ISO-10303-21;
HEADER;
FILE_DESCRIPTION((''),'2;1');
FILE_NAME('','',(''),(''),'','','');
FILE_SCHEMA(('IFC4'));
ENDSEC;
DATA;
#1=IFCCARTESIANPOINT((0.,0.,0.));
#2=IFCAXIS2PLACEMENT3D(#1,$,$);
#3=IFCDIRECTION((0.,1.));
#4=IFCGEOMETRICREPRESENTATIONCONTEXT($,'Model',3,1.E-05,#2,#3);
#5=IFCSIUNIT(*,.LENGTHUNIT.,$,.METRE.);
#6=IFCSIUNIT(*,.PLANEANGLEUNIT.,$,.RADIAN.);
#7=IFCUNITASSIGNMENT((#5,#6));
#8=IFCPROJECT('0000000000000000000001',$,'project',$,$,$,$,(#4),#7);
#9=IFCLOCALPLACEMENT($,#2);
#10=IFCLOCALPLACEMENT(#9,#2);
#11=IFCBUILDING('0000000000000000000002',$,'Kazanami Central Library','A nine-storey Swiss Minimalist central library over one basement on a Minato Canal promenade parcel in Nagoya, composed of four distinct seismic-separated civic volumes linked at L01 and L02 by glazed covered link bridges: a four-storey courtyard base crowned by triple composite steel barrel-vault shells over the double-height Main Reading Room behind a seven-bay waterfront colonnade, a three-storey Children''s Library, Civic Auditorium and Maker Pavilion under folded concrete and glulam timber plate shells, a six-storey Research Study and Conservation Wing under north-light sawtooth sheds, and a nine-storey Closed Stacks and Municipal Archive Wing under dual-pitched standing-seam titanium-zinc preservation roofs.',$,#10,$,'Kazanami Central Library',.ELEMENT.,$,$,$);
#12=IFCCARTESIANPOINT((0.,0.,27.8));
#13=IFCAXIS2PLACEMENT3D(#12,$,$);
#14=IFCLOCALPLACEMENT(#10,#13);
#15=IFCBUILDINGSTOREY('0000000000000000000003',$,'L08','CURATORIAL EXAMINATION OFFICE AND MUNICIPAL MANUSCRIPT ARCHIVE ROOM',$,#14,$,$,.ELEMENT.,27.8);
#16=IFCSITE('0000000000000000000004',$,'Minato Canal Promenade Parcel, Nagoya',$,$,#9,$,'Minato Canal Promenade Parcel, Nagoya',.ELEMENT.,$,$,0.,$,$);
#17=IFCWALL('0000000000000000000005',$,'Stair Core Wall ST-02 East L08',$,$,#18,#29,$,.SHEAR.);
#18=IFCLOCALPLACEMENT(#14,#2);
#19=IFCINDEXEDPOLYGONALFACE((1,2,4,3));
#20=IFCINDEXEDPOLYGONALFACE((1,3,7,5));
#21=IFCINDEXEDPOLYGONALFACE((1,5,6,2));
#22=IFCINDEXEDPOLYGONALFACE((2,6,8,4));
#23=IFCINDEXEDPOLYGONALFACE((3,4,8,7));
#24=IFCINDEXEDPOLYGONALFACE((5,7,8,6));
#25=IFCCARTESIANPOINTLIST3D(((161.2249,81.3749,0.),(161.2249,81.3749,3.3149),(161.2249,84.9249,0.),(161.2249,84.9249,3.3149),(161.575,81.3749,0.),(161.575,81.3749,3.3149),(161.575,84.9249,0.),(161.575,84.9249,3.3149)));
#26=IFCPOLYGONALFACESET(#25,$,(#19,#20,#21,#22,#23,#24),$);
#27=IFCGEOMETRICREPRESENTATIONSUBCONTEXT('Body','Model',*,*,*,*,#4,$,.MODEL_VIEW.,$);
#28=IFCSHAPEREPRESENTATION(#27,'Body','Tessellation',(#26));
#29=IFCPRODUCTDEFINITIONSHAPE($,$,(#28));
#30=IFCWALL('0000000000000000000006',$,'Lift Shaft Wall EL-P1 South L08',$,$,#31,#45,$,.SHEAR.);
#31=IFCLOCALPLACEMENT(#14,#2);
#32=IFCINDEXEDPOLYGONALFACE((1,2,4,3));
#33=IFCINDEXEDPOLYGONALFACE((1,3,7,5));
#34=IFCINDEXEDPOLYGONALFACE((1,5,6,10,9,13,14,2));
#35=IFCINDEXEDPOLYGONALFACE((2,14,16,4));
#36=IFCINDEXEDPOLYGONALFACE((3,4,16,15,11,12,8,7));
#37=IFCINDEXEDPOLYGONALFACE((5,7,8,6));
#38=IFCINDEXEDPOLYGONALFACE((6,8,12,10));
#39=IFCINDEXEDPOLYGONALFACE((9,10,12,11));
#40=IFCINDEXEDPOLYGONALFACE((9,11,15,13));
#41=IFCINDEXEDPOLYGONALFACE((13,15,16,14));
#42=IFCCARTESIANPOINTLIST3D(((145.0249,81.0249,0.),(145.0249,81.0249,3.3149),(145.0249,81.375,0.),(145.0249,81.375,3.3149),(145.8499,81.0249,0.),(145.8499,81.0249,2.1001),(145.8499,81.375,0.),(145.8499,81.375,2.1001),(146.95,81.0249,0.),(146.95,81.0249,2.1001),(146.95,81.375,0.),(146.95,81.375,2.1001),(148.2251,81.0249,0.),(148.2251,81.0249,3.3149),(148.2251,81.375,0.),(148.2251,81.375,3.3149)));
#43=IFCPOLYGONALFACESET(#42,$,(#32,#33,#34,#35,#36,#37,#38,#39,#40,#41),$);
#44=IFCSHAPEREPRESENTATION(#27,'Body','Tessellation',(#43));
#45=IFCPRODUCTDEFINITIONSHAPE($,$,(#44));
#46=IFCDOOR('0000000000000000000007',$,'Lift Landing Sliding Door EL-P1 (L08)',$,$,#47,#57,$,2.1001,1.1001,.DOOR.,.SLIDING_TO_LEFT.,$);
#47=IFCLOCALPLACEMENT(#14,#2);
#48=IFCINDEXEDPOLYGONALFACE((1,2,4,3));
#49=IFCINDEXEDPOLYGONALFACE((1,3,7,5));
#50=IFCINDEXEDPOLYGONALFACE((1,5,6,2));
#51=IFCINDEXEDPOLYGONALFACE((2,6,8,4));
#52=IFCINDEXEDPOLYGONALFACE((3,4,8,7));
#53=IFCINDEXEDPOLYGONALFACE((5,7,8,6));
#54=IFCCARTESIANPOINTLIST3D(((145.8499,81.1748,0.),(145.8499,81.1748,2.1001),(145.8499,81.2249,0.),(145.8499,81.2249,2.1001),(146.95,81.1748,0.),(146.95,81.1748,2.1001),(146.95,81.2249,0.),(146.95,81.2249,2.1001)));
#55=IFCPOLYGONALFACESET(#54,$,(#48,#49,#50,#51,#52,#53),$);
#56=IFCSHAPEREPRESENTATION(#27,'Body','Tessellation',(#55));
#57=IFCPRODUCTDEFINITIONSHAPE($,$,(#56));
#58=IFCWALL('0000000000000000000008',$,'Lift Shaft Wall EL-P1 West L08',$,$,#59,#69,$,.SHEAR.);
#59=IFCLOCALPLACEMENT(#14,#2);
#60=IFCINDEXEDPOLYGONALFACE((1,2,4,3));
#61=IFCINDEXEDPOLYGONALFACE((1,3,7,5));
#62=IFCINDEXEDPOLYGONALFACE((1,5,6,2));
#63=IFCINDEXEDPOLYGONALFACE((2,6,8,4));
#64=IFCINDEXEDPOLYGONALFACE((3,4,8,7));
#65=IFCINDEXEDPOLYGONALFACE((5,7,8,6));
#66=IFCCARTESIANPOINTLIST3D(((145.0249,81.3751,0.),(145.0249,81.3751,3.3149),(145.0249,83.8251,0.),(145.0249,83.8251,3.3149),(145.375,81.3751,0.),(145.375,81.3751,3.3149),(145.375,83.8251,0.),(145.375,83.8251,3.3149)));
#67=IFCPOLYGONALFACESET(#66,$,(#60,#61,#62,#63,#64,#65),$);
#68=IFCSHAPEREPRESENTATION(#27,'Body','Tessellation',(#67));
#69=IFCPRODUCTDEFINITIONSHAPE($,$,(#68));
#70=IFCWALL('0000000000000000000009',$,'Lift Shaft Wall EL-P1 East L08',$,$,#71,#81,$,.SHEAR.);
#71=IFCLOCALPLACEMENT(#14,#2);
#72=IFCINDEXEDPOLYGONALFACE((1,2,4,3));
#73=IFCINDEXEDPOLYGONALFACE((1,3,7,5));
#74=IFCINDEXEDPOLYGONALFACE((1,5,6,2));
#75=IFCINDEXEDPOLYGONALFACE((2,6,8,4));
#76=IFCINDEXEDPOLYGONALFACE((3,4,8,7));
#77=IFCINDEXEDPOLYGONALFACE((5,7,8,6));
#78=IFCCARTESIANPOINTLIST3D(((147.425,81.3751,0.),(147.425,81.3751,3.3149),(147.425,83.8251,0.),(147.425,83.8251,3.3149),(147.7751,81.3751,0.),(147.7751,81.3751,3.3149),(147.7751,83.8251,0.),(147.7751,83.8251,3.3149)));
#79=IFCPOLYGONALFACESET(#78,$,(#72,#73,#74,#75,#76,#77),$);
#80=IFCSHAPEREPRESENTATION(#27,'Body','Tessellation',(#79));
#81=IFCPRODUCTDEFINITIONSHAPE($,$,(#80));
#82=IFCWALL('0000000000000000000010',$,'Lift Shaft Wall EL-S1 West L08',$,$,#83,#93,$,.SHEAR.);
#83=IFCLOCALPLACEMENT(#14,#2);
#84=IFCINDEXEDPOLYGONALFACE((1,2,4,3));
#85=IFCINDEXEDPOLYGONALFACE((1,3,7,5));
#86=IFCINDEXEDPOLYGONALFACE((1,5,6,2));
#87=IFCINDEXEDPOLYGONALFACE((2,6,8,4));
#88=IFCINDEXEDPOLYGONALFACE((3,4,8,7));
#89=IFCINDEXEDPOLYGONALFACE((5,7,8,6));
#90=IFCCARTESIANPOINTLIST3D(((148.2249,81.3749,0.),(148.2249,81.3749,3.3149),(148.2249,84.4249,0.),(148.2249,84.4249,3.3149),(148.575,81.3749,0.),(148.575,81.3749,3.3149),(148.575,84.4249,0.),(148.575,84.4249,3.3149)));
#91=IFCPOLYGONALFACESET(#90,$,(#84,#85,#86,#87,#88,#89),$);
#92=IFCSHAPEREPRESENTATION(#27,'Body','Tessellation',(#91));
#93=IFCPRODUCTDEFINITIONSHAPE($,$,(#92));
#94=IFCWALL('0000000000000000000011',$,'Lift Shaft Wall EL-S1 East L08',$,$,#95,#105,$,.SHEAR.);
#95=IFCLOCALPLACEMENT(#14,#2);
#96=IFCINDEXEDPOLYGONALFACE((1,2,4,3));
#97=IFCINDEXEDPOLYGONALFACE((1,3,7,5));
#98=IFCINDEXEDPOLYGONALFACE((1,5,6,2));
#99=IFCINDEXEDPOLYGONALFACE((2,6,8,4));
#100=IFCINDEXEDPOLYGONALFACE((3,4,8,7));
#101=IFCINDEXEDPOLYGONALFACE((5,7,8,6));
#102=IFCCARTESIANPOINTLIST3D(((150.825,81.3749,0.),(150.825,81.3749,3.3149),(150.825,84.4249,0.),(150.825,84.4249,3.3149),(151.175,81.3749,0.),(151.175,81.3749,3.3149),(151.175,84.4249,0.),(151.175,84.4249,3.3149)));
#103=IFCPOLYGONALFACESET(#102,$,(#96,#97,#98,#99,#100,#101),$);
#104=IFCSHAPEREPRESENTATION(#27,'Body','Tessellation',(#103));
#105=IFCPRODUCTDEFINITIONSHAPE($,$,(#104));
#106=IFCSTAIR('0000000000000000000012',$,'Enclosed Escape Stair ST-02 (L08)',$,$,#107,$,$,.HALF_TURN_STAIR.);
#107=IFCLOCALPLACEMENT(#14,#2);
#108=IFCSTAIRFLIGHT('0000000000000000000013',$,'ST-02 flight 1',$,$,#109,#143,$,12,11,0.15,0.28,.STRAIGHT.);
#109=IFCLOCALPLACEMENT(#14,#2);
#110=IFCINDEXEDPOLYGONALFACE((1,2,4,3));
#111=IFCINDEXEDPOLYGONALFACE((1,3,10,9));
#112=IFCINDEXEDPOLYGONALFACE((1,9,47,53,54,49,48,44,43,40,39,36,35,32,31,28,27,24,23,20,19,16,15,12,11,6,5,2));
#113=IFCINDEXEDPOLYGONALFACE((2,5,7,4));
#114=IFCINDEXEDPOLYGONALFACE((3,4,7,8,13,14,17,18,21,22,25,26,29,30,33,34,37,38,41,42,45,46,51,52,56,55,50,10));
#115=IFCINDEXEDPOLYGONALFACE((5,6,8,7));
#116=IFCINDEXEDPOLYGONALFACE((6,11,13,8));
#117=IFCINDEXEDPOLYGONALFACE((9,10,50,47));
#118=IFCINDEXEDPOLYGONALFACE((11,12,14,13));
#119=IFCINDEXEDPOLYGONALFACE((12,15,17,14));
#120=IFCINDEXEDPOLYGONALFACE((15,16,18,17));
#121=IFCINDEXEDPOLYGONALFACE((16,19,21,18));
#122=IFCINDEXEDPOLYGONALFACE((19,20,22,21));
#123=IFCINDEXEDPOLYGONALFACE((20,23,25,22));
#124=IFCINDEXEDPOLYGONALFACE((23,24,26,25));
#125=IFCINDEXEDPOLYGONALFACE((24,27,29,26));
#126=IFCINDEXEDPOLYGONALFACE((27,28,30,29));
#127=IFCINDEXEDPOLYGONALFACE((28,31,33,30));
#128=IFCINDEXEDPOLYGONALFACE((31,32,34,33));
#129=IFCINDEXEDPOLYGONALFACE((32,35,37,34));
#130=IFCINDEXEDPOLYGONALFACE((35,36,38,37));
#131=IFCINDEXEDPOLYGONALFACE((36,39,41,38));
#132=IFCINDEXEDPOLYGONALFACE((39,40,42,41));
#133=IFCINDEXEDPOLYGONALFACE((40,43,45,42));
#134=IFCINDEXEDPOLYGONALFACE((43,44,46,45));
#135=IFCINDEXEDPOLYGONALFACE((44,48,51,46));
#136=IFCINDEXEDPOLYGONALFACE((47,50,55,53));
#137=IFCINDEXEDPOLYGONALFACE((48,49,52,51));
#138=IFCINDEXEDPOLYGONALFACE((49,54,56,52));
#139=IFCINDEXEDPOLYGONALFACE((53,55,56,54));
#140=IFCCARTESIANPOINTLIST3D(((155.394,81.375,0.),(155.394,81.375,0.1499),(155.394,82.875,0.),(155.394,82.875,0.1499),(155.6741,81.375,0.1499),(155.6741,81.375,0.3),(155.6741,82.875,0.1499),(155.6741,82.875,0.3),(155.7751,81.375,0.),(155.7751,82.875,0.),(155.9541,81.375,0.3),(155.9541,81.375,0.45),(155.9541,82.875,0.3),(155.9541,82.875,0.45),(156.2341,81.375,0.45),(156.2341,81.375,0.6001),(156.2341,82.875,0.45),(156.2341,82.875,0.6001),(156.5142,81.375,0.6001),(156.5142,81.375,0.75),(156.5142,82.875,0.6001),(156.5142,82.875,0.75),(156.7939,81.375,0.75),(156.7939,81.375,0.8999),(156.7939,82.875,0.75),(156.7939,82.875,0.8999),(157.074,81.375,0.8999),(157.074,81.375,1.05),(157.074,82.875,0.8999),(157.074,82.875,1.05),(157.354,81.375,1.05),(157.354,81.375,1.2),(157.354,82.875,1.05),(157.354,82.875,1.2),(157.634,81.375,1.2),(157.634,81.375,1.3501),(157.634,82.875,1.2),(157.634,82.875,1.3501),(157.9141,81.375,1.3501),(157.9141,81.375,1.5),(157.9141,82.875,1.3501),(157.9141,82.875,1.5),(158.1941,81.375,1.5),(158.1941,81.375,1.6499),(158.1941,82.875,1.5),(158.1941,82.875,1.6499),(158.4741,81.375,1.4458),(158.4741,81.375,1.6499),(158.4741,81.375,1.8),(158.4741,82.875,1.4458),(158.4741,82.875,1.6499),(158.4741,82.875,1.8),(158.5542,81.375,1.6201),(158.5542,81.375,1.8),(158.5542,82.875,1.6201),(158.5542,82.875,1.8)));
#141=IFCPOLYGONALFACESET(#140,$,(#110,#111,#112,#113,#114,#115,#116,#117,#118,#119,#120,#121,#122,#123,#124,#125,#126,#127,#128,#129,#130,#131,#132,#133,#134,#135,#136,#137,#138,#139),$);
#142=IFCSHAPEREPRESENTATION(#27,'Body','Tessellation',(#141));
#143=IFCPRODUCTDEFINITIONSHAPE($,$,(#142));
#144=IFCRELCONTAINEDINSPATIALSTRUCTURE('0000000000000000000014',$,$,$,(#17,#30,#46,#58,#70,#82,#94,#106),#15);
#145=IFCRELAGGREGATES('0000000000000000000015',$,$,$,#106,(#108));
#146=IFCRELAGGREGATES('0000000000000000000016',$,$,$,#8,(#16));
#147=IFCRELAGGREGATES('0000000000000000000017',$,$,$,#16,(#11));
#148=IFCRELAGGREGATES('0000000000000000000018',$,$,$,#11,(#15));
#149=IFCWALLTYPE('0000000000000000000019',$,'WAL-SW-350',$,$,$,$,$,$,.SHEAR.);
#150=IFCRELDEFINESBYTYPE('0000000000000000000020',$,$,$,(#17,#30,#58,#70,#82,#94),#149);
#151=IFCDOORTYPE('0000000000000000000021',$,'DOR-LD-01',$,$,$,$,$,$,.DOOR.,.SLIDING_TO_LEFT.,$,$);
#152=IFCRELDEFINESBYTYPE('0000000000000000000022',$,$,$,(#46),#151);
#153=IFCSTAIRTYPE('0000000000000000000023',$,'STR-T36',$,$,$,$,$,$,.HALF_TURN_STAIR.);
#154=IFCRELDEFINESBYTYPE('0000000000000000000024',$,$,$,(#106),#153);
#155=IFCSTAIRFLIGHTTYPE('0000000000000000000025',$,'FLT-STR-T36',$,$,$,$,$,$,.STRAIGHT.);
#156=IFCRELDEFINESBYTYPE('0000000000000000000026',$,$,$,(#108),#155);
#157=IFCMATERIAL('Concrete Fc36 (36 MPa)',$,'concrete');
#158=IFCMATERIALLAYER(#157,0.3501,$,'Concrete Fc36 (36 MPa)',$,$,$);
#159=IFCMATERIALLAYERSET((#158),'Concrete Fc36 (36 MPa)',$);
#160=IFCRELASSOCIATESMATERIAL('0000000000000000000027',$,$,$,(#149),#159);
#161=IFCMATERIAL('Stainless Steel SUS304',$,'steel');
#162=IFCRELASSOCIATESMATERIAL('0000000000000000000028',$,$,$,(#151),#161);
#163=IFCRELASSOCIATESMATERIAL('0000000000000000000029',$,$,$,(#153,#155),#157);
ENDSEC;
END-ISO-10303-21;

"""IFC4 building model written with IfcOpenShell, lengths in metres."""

from ifc_helpers import new_model, si_unit, direction, frame, frame_2d, origin, place, context, subcontext, project, spatial, polyline, rectangle, outline, extrude, material, layer, layer_set, type_object, element, fill, aggregate, save


model = new_model("IFC4")

# Units and contexts
model_context = context("Model", 3, precision=1e-05, world=origin(), true_north=direction((0.0, 1.0)))
body_context = subcontext(model_context, "Body", "Model", "MODEL_VIEW")
ifc_project = project(units=[si_unit("LENGTHUNIT", "METRE"), si_unit("PLANEANGLEUNIT", "RADIAN")], contexts=[model_context])

# Site, building, storey
site_placement = place(None, origin())
site = spatial("IfcSite", under=ifc_project, at=site_placement, Name="Minato Canal Promenade Parcel, Nagoya", LongName="Minato Canal Promenade Parcel, Nagoya", CompositionType="ELEMENT", RefElevation=0.0)
building_placement = place(site_placement, origin())
building = spatial("IfcBuilding", under=site, at=building_placement, Name="Kazanami Central Library", Description="A nine-storey Swiss Minimalist central library over one basement on a Minato Canal promenade parcel in Nagoya, composed of four distinct seismic-separated civic volumes linked at L01 and L02 by glazed covered link bridges: a four-storey courtyard base crowned by triple composite steel barrel-vault shells over the double-height Main Reading Room behind a seven-bay waterfront colonnade, a three-storey Children's Library, Civic Auditorium and Maker Pavilion under folded concrete and glulam timber plate shells, a six-storey Research Study and Conservation Wing under north-light sawtooth sheds, and a nine-storey Closed Stacks and Municipal Archive Wing under dual-pitched standing-seam titanium-zinc preservation roofs.", LongName="Kazanami Central Library", CompositionType="ELEMENT")
storey_placement = place(building_placement, frame((0.0, 0.0, 27.8)))
storey = spatial("IfcBuildingStorey", under=building, at=storey_placement, Name="L08", Description="CURATORIAL EXAMINATION OFFICE AND MUNICIPAL MANUSCRIPT ARCHIVE ROOM", CompositionType="ELEMENT", Elevation=27.8)

# Shared definitions
ifc_material_1 = material(Name="Concrete Fc36 (36 MPa)", Category="concrete")

# Shared definitions
ifc_layer_1 = layer(ifc_material_1, 0.3501, Name="Concrete Fc36 (36 MPa)")
ifc_layer_set_1 = layer_set([ifc_layer_1], Name="Concrete Fc36 (36 MPa)")
wall_type_1 = type_object("IfcWallType", Name="WAL-SW-350", PredefinedType="SHEAR", material=ifc_layer_set_1)

# Wall
for number, where, z_axis, x_axis, name in (
    (1, (161.3999, 81.375, 0.0), (0.0, 0.0, 1.0), (0.0, 1.0, 0.0), "Stair Core Wall ST-02 East L08"),
):
    element("IfcWall", number, at=place(storey_placement, frame(where, z_axis=z_axis, x_axis=x_axis)), inside=storey, type_object=wall_type_1, Name=name, PredefinedType="SHEAR", context=body_context, shape_type="SweptSolid", body=[
        extrude(rectangle(XDim=3.55, YDim=0.3501, at=frame_2d((1.7749, 0.0))), origin(), (0.0, 0.0, 1.0), 3.3149),
    ])

# Wall, opening, door
wall_1_placement = place(storey_placement, frame((145.0249, 81.2, 0.0), z_axis=(0.0, 0.0, 1.0), x_axis=(1.0, 0.0, 0.0)))
wall_1 = element("IfcWall", 2, at=wall_1_placement, inside=storey, type_object=wall_type_1, Name="Lift Shaft Wall EL-P1 South L08", PredefinedType="SHEAR", context=body_context, shape_type="SweptSolid", body=[
    extrude(rectangle(XDim=3.2002, YDim=0.3501, at=frame_2d((1.6001, 0.0))), origin(), (0.0, 0.0, 1.0), 3.3149),
])
opening_1_placement = place(wall_1_placement, frame((0.825, 0.0, 0.0)))
opening_1 = element("IfcOpeningElement", 3, at=opening_1_placement, cuts=wall_1, PredefinedType="OPENING", context=body_context, shape_type="SweptSolid", body=[
    extrude(rectangle(XDim=1.1001, YDim=2.1001, at=frame_2d((0.55, 1.05))), frame((0.0, 0.187, 0.0), z_axis=(0.0, -1.0, 0.0), x_axis=(1.0, 0.0, 0.0)), (0.0, 0.0, 1.0), 0.374),
])
ifc_material_2 = material(Name="Stainless Steel SUS304", Category="steel")
door_type_1 = type_object("IfcDoorType", Name="DOR-LD-01", OperationType="SLIDING_TO_LEFT", PredefinedType="DOOR", material=ifc_material_2)
door_1_placement = place(opening_1_placement, origin())
door_1 = element("IfcDoor", 4, at=door_1_placement, inside=storey, type_object=door_type_1, Name="Lift Landing Sliding Door EL-P1 (L08)", OperationType="SLIDING_TO_LEFT", OverallHeight=2.1001, OverallWidth=1.1001, PredefinedType="DOOR", context=body_context, shape_type="SweptSolid", body=[
    extrude(rectangle(XDim=1.1001, YDim=2.1001, at=frame_2d((0.55, 1.05))), frame((0.0, 0.0249, 0.0), z_axis=(0.0, -1.0, 0.0), x_axis=(1.0, 0.0, 0.0)), (0.0, 0.0, 1.0), 0.05),
])
fill(opening_1, door_1)

# Walls
for number, where, z_axis, x_axis, name in (
    (5, (145.2, 81.375, 0.0), (0.0, 0.0, 1.0), (0.0, 1.0, 0.0), "Lift Shaft Wall EL-P1 West L08"),
    (6, (147.6001, 81.375, 0.0), (0.0, 0.0, 1.0), (0.0, 1.0, 0.0), "Lift Shaft Wall EL-P1 East L08"),
):
    element("IfcWall", number, at=place(storey_placement, frame(where, z_axis=z_axis, x_axis=x_axis)), inside=storey, type_object=wall_type_1, Name=name, PredefinedType="SHEAR", context=body_context, shape_type="SweptSolid", body=[
        extrude(rectangle(XDim=2.45, YDim=0.3501, at=frame_2d((1.2251, 0.0))), origin(), (0.0, 0.0, 1.0), 3.3149),
    ])

# Walls
for number, where, z_axis, x_axis, name in (
    (7, (148.3999, 81.375, 0.0), (0.0, 0.0, 1.0), (0.0, 1.0, 0.0), "Lift Shaft Wall EL-S1 West L08"),
    (8, (151.0, 81.375, 0.0), (0.0, 0.0, 1.0), (0.0, 1.0, 0.0), "Lift Shaft Wall EL-S1 East L08"),
):
    element("IfcWall", number, at=place(storey_placement, frame(where, z_axis=z_axis, x_axis=x_axis)), inside=storey, type_object=wall_type_1, Name=name, PredefinedType="SHEAR", context=body_context, shape_type="SweptSolid", body=[
        extrude(rectangle(XDim=3.05, YDim=0.3501, at=frame_2d((1.5249, 0.0))), origin(), (0.0, 0.0, 1.0), 3.3149),
    ])

# Stair, stair flight
stair_type = type_object("IfcStairType", Name="STR-T36", PredefinedType="HALF_TURN_STAIR", material=ifc_material_1)
stair_placement = place(storey_placement, origin())
stair = element("IfcStair", 9, at=stair_placement, inside=storey, type_object=stair_type, Name="Enclosed Escape Stair ST-02 (L08)", PredefinedType="HALF_TURN_STAIR")
stair_flight_type = type_object("IfcStairFlightType", Name="FLT-STR-T36", PredefinedType="STRAIGHT", material=ifc_material_1)
stair_flight_placement = place(storey_placement, frame((155.394, 82.125, 0.0), z_axis=(0.0, 0.0, 1.0), x_axis=(1.0, 0.0, 0.0)))
stair_flight = element("IfcStairFlight", 10, at=stair_flight_placement, type_object=stair_flight_type, Name="ST-02 flight 1", NumberOfRisers=12, NumberOfTreads=11, PredefinedType="STRAIGHT", RiserHeight=0.15, TreadLength=0.28, context=body_context, shape_type="SweptSolid", body=[
    extrude(outline(polyline([(0.0, 0.0), (0.0, 0.1499), (0.28, 0.1499), (0.28, 0.3), (0.5601, 0.3), (0.5601, 0.45), (0.8401, 0.45), (0.8401, 0.6001), (1.1201, 0.6001), (1.1201, 0.75), (1.3999, 0.75), (1.3999, 0.8999), (1.6799, 0.8999), (1.6799, 1.05), (1.96, 1.05), (1.96, 1.2), (2.24, 1.2), (2.24, 1.3501), (2.52, 1.3501), (2.52, 1.5), (2.8, 1.5), (2.8, 1.6499), (3.0801, 1.6499), (3.0801, 1.8), (3.1602, 1.8), (3.1602, 1.6201), (3.0801, 1.4458), (0.3811, 0.0), (0.0, 0.0)])), frame((0.0, 0.75, 0.0), z_axis=(0.0, -1.0, 0.0), x_axis=(1.0, 0.0, 0.0)), (0.0, 0.0, 1.0), 1.5),
])
aggregate(stair, [stair_flight])

save(model, "model.ifc")
